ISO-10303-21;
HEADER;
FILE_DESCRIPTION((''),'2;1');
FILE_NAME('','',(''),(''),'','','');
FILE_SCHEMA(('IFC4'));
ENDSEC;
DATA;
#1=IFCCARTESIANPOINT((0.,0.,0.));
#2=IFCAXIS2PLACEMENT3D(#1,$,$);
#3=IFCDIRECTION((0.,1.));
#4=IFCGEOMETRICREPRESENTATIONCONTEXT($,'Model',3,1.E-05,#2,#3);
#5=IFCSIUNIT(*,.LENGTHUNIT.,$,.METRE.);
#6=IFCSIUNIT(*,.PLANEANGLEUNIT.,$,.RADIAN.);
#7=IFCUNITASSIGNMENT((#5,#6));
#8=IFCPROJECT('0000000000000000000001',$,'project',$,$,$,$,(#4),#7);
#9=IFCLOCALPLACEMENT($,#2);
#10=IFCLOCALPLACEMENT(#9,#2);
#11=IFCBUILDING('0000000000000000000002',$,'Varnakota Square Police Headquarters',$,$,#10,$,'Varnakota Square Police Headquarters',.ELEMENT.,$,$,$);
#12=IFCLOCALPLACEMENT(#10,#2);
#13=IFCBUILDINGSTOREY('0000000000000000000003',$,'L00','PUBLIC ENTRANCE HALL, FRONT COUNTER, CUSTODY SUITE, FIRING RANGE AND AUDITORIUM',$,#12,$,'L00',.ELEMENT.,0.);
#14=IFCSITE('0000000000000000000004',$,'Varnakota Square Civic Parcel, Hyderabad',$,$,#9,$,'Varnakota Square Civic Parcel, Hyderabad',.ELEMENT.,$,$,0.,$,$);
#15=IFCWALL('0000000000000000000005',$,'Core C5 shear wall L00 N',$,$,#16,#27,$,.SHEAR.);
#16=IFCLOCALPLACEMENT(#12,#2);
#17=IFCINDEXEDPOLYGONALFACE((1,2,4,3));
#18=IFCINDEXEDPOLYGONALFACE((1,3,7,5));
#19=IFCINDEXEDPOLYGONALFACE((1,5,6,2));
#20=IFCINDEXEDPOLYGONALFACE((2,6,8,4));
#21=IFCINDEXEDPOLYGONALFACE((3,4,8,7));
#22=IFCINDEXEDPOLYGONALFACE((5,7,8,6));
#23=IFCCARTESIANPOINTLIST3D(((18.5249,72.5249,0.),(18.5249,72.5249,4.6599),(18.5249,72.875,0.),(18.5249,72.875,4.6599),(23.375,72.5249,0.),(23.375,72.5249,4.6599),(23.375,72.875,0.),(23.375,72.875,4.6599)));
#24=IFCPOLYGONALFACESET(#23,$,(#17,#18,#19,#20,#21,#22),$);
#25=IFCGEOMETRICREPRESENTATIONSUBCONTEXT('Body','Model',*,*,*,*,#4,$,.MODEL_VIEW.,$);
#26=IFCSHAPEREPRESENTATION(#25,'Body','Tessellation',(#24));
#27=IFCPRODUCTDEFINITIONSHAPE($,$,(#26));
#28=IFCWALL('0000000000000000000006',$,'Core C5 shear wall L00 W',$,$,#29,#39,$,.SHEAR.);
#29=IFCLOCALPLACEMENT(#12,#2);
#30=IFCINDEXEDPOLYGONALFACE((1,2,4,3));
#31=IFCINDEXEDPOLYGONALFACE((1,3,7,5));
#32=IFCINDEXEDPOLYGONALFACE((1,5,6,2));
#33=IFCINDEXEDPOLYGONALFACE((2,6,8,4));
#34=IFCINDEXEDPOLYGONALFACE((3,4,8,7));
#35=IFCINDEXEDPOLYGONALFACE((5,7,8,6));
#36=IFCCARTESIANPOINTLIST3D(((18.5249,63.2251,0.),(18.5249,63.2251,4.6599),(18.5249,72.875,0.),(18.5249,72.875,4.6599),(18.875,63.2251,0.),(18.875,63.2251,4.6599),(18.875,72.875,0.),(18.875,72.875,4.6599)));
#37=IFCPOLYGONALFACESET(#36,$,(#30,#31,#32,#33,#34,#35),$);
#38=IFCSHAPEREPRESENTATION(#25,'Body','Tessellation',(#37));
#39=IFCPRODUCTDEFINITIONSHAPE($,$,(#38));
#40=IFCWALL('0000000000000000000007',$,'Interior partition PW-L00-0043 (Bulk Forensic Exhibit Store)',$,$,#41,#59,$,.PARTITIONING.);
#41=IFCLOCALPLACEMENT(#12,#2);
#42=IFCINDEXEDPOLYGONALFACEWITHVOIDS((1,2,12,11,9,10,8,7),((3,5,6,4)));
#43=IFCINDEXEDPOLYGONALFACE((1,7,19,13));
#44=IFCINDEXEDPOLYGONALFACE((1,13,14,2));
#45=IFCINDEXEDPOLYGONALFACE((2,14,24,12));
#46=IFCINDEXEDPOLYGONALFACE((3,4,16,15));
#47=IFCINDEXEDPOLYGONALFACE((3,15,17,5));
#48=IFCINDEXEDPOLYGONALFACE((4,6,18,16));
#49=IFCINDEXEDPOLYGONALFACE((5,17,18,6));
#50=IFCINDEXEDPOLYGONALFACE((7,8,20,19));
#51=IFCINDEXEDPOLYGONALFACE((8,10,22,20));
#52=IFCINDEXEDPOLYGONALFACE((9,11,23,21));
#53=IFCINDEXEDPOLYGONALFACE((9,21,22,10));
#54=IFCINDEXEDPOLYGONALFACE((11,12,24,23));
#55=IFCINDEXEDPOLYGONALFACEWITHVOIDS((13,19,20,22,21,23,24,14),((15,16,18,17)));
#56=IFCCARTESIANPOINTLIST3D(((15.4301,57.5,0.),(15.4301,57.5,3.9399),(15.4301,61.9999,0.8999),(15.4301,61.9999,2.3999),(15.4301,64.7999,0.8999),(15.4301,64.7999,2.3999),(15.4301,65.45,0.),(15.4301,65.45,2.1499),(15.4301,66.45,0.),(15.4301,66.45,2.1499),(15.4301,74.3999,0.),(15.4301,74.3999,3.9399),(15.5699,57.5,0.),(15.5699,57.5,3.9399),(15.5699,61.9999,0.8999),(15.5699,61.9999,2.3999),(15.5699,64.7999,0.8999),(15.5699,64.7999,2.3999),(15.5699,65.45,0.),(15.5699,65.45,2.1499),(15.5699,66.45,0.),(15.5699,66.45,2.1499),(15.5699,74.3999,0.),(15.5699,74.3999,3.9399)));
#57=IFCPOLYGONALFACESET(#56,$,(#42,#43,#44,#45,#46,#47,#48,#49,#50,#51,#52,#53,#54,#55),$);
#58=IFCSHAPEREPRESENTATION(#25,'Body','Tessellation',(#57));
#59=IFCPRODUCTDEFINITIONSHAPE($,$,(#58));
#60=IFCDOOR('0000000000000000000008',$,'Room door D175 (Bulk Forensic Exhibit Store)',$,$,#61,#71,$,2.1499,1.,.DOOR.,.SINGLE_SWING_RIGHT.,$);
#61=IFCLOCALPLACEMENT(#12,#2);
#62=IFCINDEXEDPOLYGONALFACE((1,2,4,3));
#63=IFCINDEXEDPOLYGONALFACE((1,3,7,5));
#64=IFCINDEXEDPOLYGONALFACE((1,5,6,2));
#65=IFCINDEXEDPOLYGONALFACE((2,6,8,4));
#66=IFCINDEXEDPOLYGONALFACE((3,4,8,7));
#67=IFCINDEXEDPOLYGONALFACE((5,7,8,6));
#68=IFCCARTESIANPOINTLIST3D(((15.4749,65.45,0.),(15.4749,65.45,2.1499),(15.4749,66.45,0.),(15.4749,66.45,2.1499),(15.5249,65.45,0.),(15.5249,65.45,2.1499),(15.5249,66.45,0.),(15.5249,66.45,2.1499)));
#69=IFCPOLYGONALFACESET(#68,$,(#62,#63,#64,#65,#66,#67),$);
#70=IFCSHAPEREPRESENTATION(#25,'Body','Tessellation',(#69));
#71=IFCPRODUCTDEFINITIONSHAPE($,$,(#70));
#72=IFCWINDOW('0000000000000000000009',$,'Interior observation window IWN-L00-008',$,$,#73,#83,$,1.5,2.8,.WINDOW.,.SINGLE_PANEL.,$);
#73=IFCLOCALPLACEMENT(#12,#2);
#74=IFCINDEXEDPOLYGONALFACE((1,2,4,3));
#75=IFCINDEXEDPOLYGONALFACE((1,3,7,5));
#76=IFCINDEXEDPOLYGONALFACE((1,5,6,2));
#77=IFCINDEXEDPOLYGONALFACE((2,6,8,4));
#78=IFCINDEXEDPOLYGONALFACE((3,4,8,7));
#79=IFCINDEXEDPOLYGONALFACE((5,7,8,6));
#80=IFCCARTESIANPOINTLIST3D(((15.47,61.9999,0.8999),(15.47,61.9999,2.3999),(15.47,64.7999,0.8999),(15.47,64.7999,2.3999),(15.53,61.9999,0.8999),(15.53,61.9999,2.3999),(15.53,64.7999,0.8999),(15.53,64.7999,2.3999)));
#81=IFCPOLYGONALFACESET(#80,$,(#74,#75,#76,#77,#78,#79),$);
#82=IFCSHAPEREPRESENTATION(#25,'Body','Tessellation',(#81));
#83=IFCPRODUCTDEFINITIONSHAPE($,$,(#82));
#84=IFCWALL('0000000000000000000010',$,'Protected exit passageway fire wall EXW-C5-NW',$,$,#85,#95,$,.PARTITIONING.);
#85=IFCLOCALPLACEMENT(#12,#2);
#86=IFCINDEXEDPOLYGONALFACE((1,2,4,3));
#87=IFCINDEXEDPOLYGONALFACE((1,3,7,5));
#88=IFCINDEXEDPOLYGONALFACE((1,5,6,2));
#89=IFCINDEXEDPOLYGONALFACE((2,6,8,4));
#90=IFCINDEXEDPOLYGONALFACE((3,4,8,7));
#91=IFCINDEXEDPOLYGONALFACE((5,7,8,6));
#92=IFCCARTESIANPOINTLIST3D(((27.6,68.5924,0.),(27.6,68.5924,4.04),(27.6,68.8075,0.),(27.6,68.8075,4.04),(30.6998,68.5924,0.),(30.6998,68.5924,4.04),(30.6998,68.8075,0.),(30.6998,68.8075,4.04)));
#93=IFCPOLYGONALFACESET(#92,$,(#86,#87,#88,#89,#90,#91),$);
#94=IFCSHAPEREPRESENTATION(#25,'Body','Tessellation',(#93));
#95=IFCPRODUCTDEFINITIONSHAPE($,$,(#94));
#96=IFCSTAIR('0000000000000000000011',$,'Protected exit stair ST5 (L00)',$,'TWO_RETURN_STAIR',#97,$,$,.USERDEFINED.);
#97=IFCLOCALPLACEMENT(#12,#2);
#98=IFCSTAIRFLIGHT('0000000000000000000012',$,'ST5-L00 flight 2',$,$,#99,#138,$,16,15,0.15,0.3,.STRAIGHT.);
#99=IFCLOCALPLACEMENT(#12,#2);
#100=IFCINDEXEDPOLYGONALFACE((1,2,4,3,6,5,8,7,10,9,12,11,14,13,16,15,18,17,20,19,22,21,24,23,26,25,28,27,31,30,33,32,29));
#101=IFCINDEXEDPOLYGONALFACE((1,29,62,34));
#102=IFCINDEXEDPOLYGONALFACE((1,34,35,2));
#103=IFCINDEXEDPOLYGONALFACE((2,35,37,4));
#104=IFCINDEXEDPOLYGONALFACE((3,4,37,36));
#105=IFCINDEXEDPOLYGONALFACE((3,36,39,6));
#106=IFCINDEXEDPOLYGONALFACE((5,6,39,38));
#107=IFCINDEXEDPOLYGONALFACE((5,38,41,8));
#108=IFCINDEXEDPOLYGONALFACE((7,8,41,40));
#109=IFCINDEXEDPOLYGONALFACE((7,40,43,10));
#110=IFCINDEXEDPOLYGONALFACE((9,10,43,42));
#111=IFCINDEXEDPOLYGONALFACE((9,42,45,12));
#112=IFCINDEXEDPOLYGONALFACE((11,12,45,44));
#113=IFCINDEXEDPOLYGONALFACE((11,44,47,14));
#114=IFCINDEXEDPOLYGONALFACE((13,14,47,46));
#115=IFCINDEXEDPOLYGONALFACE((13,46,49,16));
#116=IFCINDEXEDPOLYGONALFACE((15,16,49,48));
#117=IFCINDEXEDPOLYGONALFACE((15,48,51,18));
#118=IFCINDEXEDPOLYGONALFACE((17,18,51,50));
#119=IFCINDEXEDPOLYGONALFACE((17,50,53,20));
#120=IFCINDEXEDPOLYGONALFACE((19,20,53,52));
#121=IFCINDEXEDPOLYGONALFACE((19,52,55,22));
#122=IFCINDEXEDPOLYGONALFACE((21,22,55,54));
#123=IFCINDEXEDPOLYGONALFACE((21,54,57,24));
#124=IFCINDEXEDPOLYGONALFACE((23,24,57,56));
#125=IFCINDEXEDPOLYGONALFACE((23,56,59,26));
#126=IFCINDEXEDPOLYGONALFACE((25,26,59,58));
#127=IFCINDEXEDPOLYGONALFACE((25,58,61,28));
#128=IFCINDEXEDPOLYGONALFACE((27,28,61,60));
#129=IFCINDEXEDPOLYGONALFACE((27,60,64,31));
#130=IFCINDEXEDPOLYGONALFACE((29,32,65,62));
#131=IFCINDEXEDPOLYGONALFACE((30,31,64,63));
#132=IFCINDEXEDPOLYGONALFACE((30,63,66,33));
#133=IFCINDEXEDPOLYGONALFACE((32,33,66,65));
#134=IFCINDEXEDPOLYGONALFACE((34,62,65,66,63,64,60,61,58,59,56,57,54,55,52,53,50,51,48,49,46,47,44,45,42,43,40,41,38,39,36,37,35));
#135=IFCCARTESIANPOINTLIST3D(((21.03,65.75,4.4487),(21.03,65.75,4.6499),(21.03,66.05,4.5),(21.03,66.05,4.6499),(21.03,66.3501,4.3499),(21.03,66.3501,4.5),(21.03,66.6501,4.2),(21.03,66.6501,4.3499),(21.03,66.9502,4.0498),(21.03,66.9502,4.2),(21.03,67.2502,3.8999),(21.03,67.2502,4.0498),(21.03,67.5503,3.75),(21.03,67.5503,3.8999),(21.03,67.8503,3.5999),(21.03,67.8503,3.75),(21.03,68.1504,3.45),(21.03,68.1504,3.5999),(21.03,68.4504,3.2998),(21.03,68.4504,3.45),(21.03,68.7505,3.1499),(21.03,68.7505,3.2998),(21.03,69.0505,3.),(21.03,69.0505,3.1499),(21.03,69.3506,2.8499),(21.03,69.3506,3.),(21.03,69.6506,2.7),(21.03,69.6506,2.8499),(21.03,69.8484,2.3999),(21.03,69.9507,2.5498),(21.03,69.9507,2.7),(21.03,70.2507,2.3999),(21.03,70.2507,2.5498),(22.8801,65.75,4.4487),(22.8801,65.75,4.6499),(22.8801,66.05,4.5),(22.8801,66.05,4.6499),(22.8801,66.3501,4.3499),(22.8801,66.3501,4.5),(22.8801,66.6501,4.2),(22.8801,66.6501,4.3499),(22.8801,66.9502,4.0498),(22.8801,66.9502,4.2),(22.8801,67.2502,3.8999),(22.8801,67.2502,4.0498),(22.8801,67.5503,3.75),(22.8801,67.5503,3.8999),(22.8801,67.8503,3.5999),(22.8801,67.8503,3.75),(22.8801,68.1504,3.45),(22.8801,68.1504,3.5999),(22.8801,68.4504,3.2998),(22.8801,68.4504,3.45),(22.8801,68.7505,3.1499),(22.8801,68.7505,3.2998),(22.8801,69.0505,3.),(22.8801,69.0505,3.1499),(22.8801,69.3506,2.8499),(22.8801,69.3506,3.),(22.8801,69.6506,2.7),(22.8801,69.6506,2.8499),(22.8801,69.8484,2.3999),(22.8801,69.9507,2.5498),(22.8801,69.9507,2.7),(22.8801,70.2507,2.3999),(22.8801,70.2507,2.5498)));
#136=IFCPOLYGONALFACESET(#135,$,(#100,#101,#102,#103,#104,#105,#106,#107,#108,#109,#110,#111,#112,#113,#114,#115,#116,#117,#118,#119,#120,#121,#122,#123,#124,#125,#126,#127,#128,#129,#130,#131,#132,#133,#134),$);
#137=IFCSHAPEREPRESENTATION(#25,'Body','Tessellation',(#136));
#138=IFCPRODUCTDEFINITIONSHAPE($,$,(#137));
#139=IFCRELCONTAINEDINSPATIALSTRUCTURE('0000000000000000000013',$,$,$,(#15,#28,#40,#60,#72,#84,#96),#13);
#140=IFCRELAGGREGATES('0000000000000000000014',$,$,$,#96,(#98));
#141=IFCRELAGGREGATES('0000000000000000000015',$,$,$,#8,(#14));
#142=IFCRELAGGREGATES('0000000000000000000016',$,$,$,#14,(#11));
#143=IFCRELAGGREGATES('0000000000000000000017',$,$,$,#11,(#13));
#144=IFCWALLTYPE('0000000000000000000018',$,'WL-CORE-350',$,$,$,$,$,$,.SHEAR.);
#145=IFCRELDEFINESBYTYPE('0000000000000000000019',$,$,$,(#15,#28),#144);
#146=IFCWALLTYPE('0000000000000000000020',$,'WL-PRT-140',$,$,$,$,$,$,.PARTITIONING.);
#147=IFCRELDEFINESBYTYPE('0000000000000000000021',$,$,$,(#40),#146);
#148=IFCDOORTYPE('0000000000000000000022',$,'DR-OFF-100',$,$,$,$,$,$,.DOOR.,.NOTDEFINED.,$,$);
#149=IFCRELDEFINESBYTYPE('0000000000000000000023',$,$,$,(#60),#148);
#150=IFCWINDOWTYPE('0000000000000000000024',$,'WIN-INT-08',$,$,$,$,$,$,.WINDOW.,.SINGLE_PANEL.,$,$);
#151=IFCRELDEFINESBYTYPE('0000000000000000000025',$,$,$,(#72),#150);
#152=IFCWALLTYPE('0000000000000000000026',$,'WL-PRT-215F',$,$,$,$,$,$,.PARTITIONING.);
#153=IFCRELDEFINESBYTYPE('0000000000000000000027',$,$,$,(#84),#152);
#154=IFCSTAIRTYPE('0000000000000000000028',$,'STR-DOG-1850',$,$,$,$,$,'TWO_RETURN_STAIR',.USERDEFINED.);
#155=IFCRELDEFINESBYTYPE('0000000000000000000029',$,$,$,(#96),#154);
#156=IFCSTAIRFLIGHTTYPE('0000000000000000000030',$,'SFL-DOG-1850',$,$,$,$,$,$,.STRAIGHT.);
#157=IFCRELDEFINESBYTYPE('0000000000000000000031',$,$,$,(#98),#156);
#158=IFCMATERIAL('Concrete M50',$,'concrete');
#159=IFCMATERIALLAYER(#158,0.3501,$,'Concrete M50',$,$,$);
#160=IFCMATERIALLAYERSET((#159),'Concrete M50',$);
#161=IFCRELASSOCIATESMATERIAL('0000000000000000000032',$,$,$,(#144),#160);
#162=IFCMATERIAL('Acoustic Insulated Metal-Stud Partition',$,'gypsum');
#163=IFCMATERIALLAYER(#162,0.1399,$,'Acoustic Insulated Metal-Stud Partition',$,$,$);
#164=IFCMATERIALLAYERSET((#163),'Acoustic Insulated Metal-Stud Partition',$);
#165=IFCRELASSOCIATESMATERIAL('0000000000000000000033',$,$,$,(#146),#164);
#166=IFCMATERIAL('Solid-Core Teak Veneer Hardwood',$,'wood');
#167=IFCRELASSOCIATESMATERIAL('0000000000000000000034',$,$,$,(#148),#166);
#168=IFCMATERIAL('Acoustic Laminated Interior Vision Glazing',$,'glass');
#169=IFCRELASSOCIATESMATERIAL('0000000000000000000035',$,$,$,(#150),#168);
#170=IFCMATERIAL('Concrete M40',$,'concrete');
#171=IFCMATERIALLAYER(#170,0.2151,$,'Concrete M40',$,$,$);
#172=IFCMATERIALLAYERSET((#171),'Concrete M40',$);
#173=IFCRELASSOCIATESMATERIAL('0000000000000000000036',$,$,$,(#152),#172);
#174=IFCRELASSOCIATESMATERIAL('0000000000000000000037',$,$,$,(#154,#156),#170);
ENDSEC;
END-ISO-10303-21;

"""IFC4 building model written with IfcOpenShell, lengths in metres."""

from ifc_helpers import new_model, si_unit, direction, frame, frame_2d, origin, place, context, subcontext, project, spatial, polyline, rectangle, outline, extrude, material, layer, layer_set, type_object, element, fill, aggregate, save


model = new_model("IFC4")

# Units and contexts
model_context = context("Model", 3, precision=1e-05, world=origin(), true_north=direction((0.0, 1.0)))
body_context = subcontext(model_context, "Body", "Model", "MODEL_VIEW")
ifc_project = project(units=[si_unit("LENGTHUNIT", "METRE"), si_unit("PLANEANGLEUNIT", "RADIAN")], contexts=[model_context])

# Site, building, storey
site_placement = place(None, origin())
site = spatial("IfcSite", under=ifc_project, at=site_placement, Name="Varnakota Square Civic Parcel, Hyderabad", LongName="Varnakota Square Civic Parcel, Hyderabad", CompositionType="ELEMENT", RefElevation=0.0)
building_placement = place(site_placement, origin())
building = spatial("IfcBuilding", under=site, at=building_placement, Name="Varnakota Square Police Headquarters", LongName="Varnakota Square Police Headquarters", CompositionType="ELEMENT")
storey_placement = place(building_placement, origin())
storey = spatial("IfcBuildingStorey", under=building, at=storey_placement, Name="L00", Description="PUBLIC ENTRANCE HALL, FRONT COUNTER, CUSTODY SUITE, FIRING RANGE AND AUDITORIUM", LongName="L00", CompositionType="ELEMENT", Elevation=0.0)

# Shared definitions
ifc_material_1 = material(Name="Concrete M50", Category="concrete")

# Shared definitions
ifc_material_2 = material(Name="Concrete M40", Category="concrete")

# Walls
ifc_layer_1 = layer(ifc_material_1, 0.3501, Name="Concrete M50")
ifc_layer_set_1 = layer_set([ifc_layer_1], Name="Concrete M50")
wall_type_1 = type_object("IfcWallType", Name="WL-CORE-350", PredefinedType="SHEAR", material=ifc_layer_set_1)
wall_1_placement = place(storey_placement, frame((23.375, 72.7, 0.0), z_axis=(0.0, 0.0, 1.0), x_axis=(-1.0, 0.0, 0.0)))
element("IfcWall", 1, at=wall_1_placement, inside=storey, type_object=wall_type_1, Name="Core C5 shear wall L00 N", PredefinedType="SHEAR", context=body_context, shape_type="SweptSolid", body=[
    extrude(rectangle(XDim=4.8501, YDim=0.3501, at=frame_2d((2.425, 0.0))), origin(), (0.0, 0.0, 1.0), 4.6599),
])
wall_2_placement = place(storey_placement, frame((18.7, 72.875, 0.0), z_axis=(0.0, 0.0, 1.0), x_axis=(0.0, -1.0, 0.0)))
element("IfcWall", 2, at=wall_2_placement, inside=storey, type_object=wall_type_1, Name="Core C5 shear wall L00 W", PredefinedType="SHEAR", context=body_context, shape_type="SweptSolid", body=[
    extrude(rectangle(XDim=9.6499, YDim=0.3501, at=frame_2d((4.825, 0.0))), origin(), (0.0, 0.0, 1.0), 4.6599),
])

# Wall, openings, door, window
ifc_material_3 = material(Name="Acoustic Insulated Metal-Stud Partition", Category="gypsum")
ifc_layer_2 = layer(ifc_material_3, 0.1399, Name="Acoustic Insulated Metal-Stud Partition")
ifc_layer_set_2 = layer_set([ifc_layer_2], Name="Acoustic Insulated Metal-Stud Partition")
wall_type_2 = type_object("IfcWallType", Name="WL-PRT-140", PredefinedType="PARTITIONING", material=ifc_layer_set_2)
wall_3_placement = place(storey_placement, frame((15.5, 74.3999, 0.0), z_axis=(0.0, 0.0, 1.0), x_axis=(0.0, -1.0, 0.0)))
wall_3 = element("IfcWall", 3, at=wall_3_placement, inside=storey, type_object=wall_type_2, Name="Interior partition PW-L00-0043 (Bulk Forensic Exhibit Store)", PredefinedType="PARTITIONING", context=body_context, shape_type="SweptSolid", body=[
    extrude(rectangle(XDim=16.8999, YDim=0.1399, at=frame_2d((8.45, 0.0))), origin(), (0.0, 0.0, 1.0), 3.9399),
])
opening_1_placement = place(wall_3_placement, frame((7.95, 0.0, 0.0)))
opening_1 = element("IfcOpeningElement", 4, at=opening_1_placement, cuts=wall_3, PredefinedType="OPENING", context=body_context, shape_type="SweptSolid", body=[
    extrude(rectangle(XDim=1.0, YDim=2.1499, at=frame_2d((0.5, 1.075))), frame((0.0, 0.0798, 0.0), z_axis=(0.0, -1.0, 0.0), x_axis=(1.0, 0.0, 0.0)), (0.0, 0.0, 1.0), 0.1599),
])
opening_2_placement = place(wall_3_placement, frame((9.6001, 0.0, 0.8999)))
opening_2 = element("IfcOpeningElement", 5, at=opening_2_placement, cuts=wall_3, PredefinedType="OPENING", context=body_context, shape_type="SweptSolid", body=[
    extrude(rectangle(XDim=2.8, YDim=1.5, at=frame_2d((1.3999, 0.75))), frame((0.0, 0.0798, 0.0), z_axis=(0.0, -1.0, 0.0), x_axis=(1.0, 0.0, 0.0)), (0.0, 0.0, 1.0), 0.1599),
])
ifc_material_4 = material(Name="Solid-Core Teak Veneer Hardwood", Category="wood")
door_type_1 = type_object("IfcDoorType", Name="DR-OFF-100", OperationType="NOTDEFINED", PredefinedType="DOOR", material=ifc_material_4)
door_1_placement = place(opening_1_placement, origin())
door_1 = element("IfcDoor", 6, at=door_1_placement, inside=storey, type_object=door_type_1, Name="Room door D175 (Bulk Forensic Exhibit Store)", OperationType="SINGLE_SWING_RIGHT", OverallHeight=2.1499, OverallWidth=1.0, PredefinedType="DOOR", context=body_context, shape_type="SweptSolid", body=[
    extrude(rectangle(XDim=1.0, YDim=2.1499, at=frame_2d((0.5, 1.075))), frame((0.0, 0.0249, 0.0), z_axis=(0.0, -1.0, 0.0), x_axis=(1.0, 0.0, 0.0)), (0.0, 0.0, 1.0), 0.05),
])
fill(opening_1, door_1)
ifc_material_5 = material(Name="Acoustic Laminated Interior Vision Glazing", Category="glass")
window_type = type_object("IfcWindowType", Name="WIN-INT-08", PartitioningType="SINGLE_PANEL", PredefinedType="WINDOW", material=ifc_material_5)
window_placement = place(opening_2_placement, origin())
window = element("IfcWindow", 7, at=window_placement, inside=storey, type_object=window_type, Name="Interior observation window IWN-L00-008", OverallHeight=1.5, OverallWidth=2.8, PartitioningType="SINGLE_PANEL", PredefinedType="WINDOW", context=body_context, shape_type="SweptSolid", body=[
    extrude(rectangle(XDim=2.8, YDim=1.5, at=frame_2d((1.3999, 0.75))), frame((0.0, 0.03, 0.0), z_axis=(0.0, -1.0, 0.0), x_axis=(1.0, 0.0, 0.0)), (0.0, 0.0, 1.0), 0.0601),
])
fill(opening_2, window)

# Wall
ifc_layer_3 = layer(ifc_material_2, 0.2151, Name="Concrete M40")
ifc_layer_set_3 = layer_set([ifc_layer_3], Name="Concrete M40")
wall_type_3 = type_object("IfcWallType", Name="WL-PRT-215F", PredefinedType="PARTITIONING", material=ifc_layer_set_3)
wall_4_placement = place(storey_placement, frame((27.6001, 68.7, 0.0), z_axis=(0.0, 0.0, 1.0), x_axis=(1.0, 0.0, 0.0)))
element("IfcWall", 8, at=wall_4_placement, inside=storey, type_object=wall_type_3, Name="Protected exit passageway fire wall EXW-C5-NW", PredefinedType="PARTITIONING", context=body_context, shape_type="SweptSolid", body=[
    extrude(rectangle(XDim=3.0999, YDim=0.2151, at=frame_2d((1.5498, 0.0))), origin(), (0.0, 0.0, 1.0), 4.04),
])

# Stair, stair flight
stair_type = type_object("IfcStairType", Name="STR-DOG-1850", ElementType="TWO_RETURN_STAIR", PredefinedType="USERDEFINED", material=ifc_material_2)
stair_placement = place(storey_placement, origin())
stair = element("IfcStair", 9, at=stair_placement, inside=storey, type_object=stair_type, Name="Protected exit stair ST5 (L00)", ObjectType="TWO_RETURN_STAIR", PredefinedType="USERDEFINED")
stair_flight_type = type_object("IfcStairFlightType", Name="SFL-DOG-1850", PredefinedType="STRAIGHT", material=ifc_material_2)
stair_flight_placement = place(storey_placement, frame((21.9551, 70.2507, 2.3999), z_axis=(0.0, 0.0, 1.0), x_axis=(0.0, -1.0, 0.0)))
stair_flight = element("IfcStairFlight", 10, at=stair_flight_placement, type_object=stair_flight_type, Name="ST5-L00 flight 2", NumberOfRisers=16, NumberOfTreads=15, PredefinedType="STRAIGHT", RiserHeight=0.15, TreadLength=0.3, context=body_context, shape_type="SweptSolid", body=[
    extrude(outline(polyline([(0.0, 0.0), (0.0, 0.1499), (0.3, 0.1499), (0.3, 0.3), (0.6001, 0.3), (0.6001, 0.45), (0.9001, 0.45), (0.9001, 0.6001), (1.2002, 0.6001), (1.2002, 0.75), (1.5002, 0.75), (1.5002, 0.8999), (1.8003, 0.8999), (1.8003, 1.05), (2.1003, 1.05), (2.1003, 1.2), (2.4004, 1.2), (2.4004, 1.3501), (2.7004, 1.3501), (2.7004, 1.5), (3.0005, 1.5), (3.0005, 1.6499), (3.3005, 1.6499), (3.3005, 1.8), (3.6006, 1.8), (3.6006, 1.95), (3.9006, 1.95), (3.9006, 2.1001), (4.2007, 2.1001), (4.2007, 2.25), (4.5007, 2.25), (4.5007, 2.3999), (4.5007, 2.0488), (0.4023, 0.0), (0.0, 0.0)])), frame((0.0, 0.925, 0.0), z_axis=(0.0, -1.0, 0.0), x_axis=(1.0, 0.0, 0.0)), (0.0, 0.0, 1.0), 1.8501),
])
aggregate(stair, [stair_flight])

save(model, "model.ifc")
